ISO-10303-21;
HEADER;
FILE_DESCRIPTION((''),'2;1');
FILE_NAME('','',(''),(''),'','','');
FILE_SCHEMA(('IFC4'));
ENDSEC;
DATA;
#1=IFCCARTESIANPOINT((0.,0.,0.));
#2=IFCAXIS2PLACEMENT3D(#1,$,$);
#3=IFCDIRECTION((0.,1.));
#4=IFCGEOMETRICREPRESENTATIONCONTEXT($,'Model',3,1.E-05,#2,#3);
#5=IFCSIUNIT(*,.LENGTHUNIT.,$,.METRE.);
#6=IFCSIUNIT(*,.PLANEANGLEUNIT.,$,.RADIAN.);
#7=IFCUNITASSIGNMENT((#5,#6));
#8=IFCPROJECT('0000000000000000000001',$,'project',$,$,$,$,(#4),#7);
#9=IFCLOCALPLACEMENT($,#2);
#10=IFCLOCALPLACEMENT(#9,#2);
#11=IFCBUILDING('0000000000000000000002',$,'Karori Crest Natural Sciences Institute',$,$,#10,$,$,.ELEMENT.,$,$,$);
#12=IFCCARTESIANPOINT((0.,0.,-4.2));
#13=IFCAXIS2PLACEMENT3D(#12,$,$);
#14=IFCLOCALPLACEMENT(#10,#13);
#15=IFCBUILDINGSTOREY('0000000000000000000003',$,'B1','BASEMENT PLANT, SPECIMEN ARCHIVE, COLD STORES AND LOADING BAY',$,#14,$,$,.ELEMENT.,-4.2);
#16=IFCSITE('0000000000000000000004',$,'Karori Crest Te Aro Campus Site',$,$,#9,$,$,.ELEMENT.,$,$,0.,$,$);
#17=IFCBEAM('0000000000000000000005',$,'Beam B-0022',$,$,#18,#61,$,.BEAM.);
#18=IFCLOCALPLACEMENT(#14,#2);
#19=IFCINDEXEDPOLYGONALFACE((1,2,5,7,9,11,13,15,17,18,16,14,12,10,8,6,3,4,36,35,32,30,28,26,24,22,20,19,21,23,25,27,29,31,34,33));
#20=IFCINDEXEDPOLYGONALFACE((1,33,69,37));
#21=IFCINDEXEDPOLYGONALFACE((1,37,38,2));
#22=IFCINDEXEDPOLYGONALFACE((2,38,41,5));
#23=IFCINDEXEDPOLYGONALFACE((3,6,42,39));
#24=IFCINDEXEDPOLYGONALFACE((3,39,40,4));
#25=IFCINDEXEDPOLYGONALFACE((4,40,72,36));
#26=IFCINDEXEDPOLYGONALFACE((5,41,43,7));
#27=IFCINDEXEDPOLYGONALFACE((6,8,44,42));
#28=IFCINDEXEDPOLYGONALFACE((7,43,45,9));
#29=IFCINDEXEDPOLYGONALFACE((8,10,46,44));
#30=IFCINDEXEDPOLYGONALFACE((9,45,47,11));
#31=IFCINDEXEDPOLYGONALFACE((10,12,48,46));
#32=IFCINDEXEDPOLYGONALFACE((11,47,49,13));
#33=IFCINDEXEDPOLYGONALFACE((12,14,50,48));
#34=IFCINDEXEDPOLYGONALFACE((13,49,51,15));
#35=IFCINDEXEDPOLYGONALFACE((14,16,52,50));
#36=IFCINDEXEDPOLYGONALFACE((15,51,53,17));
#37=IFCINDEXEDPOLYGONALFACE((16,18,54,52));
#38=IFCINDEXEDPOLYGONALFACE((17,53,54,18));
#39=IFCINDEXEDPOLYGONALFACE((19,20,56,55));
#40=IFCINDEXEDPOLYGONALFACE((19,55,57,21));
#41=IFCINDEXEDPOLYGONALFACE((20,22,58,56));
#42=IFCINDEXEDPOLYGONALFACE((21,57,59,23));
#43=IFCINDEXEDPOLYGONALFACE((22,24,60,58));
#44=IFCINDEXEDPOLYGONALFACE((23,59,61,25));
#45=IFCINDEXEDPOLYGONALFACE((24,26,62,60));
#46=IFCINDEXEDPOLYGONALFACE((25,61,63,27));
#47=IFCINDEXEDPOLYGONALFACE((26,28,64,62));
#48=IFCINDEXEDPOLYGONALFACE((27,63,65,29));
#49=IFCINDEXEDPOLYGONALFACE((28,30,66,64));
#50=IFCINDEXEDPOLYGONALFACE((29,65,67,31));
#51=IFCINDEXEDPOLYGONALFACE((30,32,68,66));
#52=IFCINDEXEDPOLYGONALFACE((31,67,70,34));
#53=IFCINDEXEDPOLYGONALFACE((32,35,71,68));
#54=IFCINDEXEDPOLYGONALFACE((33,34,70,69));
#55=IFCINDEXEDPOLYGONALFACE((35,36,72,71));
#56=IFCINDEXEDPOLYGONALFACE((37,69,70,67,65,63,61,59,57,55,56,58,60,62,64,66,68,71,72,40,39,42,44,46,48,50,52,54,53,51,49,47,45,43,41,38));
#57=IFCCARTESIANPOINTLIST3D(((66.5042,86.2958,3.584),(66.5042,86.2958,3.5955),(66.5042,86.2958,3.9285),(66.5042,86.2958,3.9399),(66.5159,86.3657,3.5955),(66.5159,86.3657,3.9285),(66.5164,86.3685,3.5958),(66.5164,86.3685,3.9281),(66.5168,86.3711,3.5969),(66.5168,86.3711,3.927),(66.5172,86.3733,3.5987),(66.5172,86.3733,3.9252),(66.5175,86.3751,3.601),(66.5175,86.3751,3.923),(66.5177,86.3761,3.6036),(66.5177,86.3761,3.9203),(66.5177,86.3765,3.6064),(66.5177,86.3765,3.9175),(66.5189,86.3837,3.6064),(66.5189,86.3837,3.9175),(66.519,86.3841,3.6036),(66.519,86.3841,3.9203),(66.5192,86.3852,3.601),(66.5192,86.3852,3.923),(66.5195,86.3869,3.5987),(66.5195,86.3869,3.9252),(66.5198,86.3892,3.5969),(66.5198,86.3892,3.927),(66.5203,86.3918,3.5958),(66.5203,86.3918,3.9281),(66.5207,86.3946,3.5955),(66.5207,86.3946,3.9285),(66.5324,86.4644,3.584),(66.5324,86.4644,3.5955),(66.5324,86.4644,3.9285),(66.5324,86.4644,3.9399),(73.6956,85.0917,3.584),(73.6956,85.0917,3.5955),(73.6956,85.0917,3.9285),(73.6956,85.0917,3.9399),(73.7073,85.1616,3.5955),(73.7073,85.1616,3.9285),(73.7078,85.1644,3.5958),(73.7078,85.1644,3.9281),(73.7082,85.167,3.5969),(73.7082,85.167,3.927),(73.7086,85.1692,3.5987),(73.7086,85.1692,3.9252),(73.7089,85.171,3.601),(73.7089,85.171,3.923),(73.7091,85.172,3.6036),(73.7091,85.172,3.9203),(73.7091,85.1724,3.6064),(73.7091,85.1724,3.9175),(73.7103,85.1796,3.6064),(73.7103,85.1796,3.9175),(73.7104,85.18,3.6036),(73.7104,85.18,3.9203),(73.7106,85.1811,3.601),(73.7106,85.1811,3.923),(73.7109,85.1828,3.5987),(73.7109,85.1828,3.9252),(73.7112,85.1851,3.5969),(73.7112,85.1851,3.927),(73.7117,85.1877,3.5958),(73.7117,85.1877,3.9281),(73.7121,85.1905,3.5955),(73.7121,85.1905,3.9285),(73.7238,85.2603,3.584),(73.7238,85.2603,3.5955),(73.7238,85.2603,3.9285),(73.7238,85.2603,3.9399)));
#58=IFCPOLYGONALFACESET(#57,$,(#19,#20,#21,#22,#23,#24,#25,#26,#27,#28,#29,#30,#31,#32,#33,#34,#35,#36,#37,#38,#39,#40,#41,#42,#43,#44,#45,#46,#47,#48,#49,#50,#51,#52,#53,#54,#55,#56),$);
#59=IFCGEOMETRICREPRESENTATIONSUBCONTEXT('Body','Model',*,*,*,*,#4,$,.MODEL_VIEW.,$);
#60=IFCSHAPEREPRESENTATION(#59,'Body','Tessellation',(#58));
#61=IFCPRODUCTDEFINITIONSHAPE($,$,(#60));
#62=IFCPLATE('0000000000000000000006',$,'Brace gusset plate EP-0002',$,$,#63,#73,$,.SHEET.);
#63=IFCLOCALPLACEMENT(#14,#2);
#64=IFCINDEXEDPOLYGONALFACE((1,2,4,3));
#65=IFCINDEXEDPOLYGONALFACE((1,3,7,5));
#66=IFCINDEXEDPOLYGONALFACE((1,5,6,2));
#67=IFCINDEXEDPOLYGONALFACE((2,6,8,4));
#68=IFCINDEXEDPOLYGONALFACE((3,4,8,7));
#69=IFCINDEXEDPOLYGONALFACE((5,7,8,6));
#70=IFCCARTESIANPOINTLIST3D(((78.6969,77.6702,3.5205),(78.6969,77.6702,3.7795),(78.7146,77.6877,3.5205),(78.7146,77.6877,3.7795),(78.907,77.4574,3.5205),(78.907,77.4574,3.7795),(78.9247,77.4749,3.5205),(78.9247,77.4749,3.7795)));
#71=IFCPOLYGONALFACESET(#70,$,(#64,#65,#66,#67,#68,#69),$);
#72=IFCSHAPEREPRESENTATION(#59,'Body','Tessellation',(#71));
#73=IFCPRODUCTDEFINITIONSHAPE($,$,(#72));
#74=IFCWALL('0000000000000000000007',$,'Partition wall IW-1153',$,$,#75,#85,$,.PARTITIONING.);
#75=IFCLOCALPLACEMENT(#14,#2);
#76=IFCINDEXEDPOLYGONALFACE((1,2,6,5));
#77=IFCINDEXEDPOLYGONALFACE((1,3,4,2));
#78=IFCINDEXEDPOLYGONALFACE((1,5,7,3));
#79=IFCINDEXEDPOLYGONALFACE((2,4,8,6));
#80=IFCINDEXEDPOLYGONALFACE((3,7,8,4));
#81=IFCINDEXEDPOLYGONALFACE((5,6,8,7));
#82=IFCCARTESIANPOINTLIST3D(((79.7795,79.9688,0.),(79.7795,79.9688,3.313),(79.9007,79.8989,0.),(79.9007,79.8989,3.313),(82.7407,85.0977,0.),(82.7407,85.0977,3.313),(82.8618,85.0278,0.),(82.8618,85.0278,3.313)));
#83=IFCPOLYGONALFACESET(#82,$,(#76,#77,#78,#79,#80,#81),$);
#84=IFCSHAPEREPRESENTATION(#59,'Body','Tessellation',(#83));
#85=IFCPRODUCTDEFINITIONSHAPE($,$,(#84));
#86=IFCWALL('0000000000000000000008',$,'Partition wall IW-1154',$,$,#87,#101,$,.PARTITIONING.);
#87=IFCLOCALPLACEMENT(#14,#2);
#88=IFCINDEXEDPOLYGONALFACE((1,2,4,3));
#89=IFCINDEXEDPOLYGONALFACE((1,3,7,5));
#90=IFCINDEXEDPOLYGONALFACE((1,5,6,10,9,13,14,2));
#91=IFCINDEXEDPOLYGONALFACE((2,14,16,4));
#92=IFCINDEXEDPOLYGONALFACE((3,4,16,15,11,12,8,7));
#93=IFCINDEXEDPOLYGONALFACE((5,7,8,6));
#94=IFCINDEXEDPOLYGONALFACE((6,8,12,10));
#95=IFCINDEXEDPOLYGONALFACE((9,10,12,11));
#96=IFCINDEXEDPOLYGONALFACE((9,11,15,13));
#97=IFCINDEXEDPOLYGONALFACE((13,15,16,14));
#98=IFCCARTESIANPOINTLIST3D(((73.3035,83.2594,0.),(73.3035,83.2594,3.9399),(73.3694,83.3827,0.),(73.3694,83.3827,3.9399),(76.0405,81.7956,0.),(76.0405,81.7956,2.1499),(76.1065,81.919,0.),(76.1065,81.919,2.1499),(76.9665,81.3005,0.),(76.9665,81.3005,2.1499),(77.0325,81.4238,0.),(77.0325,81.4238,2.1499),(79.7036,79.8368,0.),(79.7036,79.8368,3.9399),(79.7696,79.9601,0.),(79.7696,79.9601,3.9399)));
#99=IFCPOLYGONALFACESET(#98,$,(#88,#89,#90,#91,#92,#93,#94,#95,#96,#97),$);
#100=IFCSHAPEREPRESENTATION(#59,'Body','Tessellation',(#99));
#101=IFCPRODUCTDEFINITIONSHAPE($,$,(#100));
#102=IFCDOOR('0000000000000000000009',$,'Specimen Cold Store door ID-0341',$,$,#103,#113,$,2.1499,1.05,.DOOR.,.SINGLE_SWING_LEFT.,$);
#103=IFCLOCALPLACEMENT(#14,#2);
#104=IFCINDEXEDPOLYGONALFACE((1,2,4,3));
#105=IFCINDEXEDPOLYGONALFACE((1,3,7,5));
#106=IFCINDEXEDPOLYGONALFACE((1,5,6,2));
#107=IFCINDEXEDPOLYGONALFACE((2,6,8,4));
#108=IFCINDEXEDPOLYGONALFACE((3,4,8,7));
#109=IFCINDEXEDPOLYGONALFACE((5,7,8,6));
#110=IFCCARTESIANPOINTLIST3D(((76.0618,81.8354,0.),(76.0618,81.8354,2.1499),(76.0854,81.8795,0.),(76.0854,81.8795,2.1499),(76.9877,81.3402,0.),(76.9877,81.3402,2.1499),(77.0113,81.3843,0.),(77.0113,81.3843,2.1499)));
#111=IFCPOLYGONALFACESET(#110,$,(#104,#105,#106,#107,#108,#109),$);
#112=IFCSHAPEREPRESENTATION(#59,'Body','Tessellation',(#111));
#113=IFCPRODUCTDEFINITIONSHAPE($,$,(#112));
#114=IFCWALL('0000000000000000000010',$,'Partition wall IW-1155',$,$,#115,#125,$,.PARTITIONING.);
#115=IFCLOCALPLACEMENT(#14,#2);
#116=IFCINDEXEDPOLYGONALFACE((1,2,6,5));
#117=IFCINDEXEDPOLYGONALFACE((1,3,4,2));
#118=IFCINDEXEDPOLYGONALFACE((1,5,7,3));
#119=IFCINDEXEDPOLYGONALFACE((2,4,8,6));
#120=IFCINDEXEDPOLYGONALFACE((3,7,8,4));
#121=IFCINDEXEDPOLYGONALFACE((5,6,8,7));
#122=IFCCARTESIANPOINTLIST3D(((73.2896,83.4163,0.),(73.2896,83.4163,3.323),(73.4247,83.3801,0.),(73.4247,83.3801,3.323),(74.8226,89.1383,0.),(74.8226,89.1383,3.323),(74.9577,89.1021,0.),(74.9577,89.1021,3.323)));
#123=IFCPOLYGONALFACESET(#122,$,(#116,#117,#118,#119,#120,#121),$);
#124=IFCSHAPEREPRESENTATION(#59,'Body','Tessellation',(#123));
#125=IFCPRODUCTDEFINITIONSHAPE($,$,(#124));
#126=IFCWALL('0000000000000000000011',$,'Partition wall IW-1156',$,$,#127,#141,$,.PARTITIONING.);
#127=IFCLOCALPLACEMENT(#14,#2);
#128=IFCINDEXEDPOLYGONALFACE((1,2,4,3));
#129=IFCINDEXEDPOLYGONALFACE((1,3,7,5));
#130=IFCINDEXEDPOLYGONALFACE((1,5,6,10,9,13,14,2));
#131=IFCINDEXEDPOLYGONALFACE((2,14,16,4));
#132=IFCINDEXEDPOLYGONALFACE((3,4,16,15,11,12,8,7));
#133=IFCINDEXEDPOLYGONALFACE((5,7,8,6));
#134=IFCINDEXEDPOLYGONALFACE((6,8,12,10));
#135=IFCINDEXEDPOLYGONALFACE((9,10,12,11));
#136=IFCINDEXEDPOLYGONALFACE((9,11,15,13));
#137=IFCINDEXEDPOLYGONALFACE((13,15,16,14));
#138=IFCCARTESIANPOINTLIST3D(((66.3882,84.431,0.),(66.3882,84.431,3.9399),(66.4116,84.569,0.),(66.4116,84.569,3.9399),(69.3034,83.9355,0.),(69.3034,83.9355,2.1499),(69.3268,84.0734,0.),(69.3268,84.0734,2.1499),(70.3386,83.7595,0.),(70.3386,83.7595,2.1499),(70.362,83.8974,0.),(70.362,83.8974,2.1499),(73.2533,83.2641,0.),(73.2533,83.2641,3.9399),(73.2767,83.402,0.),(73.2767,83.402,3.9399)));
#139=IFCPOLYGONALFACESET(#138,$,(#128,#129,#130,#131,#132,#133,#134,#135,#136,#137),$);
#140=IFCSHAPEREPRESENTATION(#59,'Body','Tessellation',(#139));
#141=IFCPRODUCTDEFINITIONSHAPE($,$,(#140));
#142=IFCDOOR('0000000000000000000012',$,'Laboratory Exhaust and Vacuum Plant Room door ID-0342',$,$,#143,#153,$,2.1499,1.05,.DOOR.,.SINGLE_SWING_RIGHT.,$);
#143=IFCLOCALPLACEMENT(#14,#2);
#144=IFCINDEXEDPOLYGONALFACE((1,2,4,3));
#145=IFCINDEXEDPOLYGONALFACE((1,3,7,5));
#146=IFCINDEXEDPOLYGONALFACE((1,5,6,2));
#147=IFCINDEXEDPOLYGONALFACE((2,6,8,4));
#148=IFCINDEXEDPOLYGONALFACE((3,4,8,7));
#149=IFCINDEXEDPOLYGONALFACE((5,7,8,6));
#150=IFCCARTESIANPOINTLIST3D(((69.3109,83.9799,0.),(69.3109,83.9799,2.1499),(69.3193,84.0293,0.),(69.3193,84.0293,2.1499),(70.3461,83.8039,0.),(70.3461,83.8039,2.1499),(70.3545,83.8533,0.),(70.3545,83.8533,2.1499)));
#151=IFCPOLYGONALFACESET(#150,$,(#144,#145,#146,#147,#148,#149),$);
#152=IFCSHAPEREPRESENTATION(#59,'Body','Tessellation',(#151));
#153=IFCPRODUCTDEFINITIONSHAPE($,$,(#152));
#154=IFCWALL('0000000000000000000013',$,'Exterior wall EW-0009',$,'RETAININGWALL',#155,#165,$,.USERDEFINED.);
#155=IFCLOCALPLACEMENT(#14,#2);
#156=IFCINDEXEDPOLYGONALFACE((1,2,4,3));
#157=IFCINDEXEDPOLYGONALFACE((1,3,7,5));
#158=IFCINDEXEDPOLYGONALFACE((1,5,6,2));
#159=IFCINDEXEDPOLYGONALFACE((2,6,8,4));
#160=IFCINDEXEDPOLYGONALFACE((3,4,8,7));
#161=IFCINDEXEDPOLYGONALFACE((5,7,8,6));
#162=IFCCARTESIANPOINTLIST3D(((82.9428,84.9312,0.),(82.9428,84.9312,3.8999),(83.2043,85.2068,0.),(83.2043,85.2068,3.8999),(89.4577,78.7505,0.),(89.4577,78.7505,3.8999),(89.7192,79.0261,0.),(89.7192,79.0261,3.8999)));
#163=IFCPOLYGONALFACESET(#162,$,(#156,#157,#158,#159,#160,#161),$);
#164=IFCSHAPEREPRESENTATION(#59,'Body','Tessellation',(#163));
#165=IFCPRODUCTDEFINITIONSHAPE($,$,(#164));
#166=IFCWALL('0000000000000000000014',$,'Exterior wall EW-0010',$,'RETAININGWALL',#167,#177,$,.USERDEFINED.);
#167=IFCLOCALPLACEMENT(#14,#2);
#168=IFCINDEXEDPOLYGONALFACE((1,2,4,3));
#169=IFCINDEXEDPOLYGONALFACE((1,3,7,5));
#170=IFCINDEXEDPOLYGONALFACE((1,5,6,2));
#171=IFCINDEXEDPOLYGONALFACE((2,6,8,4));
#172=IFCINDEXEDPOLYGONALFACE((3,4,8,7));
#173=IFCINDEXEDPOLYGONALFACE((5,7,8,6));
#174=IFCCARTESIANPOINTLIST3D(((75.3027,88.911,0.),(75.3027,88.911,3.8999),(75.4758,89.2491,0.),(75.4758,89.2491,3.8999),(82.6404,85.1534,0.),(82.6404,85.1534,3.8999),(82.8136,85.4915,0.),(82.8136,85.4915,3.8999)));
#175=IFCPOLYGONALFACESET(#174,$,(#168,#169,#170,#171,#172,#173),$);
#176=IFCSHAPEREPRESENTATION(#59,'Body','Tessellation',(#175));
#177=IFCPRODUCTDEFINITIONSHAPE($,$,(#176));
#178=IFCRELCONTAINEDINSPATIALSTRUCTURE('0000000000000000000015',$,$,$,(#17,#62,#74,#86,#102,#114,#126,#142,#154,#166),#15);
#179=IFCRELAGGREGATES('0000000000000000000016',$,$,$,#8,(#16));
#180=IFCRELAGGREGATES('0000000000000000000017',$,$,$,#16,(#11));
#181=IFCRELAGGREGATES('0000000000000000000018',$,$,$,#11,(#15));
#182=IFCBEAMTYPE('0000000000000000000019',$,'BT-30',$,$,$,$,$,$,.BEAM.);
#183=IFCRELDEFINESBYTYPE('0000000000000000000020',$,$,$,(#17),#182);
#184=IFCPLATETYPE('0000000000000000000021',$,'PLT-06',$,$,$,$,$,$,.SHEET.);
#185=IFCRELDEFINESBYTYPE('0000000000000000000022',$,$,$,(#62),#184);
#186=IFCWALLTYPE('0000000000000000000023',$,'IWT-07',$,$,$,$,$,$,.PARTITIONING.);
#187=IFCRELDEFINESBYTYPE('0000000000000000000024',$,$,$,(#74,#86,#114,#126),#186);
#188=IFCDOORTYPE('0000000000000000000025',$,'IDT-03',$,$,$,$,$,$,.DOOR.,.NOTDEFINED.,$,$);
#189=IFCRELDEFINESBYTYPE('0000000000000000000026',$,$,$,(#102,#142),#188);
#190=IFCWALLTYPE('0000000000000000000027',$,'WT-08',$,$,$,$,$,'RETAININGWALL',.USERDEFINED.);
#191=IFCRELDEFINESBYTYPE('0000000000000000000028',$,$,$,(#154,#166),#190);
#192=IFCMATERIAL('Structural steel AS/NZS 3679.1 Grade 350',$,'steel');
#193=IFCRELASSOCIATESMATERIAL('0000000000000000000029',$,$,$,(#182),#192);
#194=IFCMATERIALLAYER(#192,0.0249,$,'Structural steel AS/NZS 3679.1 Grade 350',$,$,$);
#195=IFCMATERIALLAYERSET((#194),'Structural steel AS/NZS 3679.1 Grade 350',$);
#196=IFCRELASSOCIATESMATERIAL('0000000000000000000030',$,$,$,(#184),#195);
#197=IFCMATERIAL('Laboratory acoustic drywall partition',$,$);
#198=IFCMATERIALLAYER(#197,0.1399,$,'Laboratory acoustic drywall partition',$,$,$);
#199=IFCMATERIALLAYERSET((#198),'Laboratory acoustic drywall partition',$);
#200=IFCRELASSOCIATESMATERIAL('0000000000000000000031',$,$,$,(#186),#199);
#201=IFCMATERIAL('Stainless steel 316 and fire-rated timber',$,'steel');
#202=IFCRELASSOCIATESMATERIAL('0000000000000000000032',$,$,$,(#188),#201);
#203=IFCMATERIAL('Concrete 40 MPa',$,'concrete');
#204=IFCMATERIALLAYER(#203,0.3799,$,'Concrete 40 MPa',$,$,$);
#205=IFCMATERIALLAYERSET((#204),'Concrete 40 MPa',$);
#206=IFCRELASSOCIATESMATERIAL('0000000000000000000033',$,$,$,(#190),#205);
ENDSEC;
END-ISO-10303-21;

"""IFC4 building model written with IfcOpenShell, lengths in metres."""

from ifc_helpers import new_model, si_unit, direction, frame, frame_2d, origin, origin_2d, place, context, subcontext, project, spatial, rectangle, i_section, extrude, material, layer, layer_set, material_profile, profile_set, type_object, element, fill, save


model = new_model("IFC4")

# Units and contexts
model_context = context("Model", 3, precision=1e-05, world=origin(), true_north=direction((0.0, 1.0)))
body_context = subcontext(model_context, "Body", "Model", "MODEL_VIEW")
ifc_project = project(units=[si_unit("LENGTHUNIT", "METRE"), si_unit("PLANEANGLEUNIT", "RADIAN")], contexts=[model_context])

# Site, building, storey
site_placement = place(None, origin())
site = spatial("IfcSite", under=ifc_project, at=site_placement, Name="Karori Crest Te Aro Campus Site", CompositionType="ELEMENT", RefElevation=0.0)
building_placement = place(site_placement, origin())
building = spatial("IfcBuilding", under=site, at=building_placement, Name="Karori Crest Natural Sciences Institute", CompositionType="ELEMENT")
storey_placement = place(building_placement, frame((0.0, 0.0, -4.2)))
storey = spatial("IfcBuildingStorey", under=building, at=storey_placement, Name="B1", Description="BASEMENT PLANT, SPECIMEN ARCHIVE, COLD STORES AND LOADING BAY", CompositionType="ELEMENT", Elevation=-4.2)

# Shared definitions
ifc_material_1 = material(Name="Concrete 40 MPa", Category="concrete")

# Shared definitions
ifc_material_2 = material(Name="Structural steel AS/NZS 3679.1 Grade 350", Category="steel")

# Beam
ifc_material_profile_1 = material_profile(ifc_material_2, i_section(OverallWidth=0.1709, OverallDepth=0.356, WebThickness=0.0073, FlangeThickness=0.0115, FilletRadius=0.011, at=origin_2d()), Name="360UB50.7")
ifc_profile_set_1 = profile_set([ifc_material_profile_1], Name="Structural steel AS/NZS 3679.1 Grade 350")
beam_type_1 = type_object("IfcBeamType", Name="BT-30", PredefinedType="BEAM", material=ifc_profile_set_1)
beam_1_placement = place(storey_placement, frame((73.7097, 85.176, 3.762), z_axis=(-0.986271, 0.165137, 0.0), x_axis=(-0.165137, -0.986271, 0.0)))
element("IfcBeam", 1, at=beam_1_placement, inside=storey, type_object=beam_type_1, Name="Beam B-0022", PredefinedType="BEAM", context=body_context, shape_type="SweptSolid", body=[
    extrude(i_section(OverallWidth=0.1709, OverallDepth=0.356, WebThickness=0.0073, FlangeThickness=0.0115, FilletRadius=0.011, at=origin_2d()), origin(), (0.0, 0.0, 1.0), 7.2915),
])

# Plate
ifc_layer_1 = layer(ifc_material_2, 0.0249, Name="Structural steel AS/NZS 3679.1 Grade 350")
ifc_layer_set_1 = layer_set([ifc_layer_1], Name="Structural steel AS/NZS 3679.1 Grade 350")
plate_type = type_object("IfcPlateType", Name="PLT-06", PredefinedType="SHEET", material=ifc_layer_set_1)
plate_placement = place(storey_placement, frame((78.8108, 77.5725, 3.5205), z_axis=(0.0, 0.0, 1.0), x_axis=(-0.702664, 0.711522, 0.0)))
element("IfcPlate", 2, at=plate_placement, inside=storey, type_object=plate_type, Name="Brace gusset plate EP-0002", PredefinedType="SHEET", context=body_context, shape_type="SweptSolid", body=[
    extrude(rectangle(XDim=0.2991, YDim=0.0249, at=origin_2d()), origin(), (0.0, 0.0, 1.0), 0.259),
])

# Wall
ifc_material_3 = material(Name="Laboratory acoustic drywall partition")
ifc_layer_2 = layer(ifc_material_3, 0.1399, Name="Laboratory acoustic drywall partition")
ifc_layer_set_2 = layer_set([ifc_layer_2], Name="Laboratory acoustic drywall partition")
wall_type_1 = type_object("IfcWallType", Name="IWT-07", PredefinedType="PARTITIONING", material=ifc_layer_set_2)
wall_1_placement = place(storey_placement, frame((79.8401, 79.9338, 0.0), z_axis=(0.0, 0.0, 1.0), x_axis=(0.500001, 0.866025, 0.0)))
element("IfcWall", 3, at=wall_1_placement, inside=storey, type_object=wall_type_1, Name="Partition wall IW-1153", PredefinedType="PARTITIONING", context=body_context, shape_type="SweptSolid", body=[
    extrude(rectangle(XDim=5.9224, YDim=0.1399, at=frame_2d((2.9612, 0.0))), origin(), (0.0, 0.0, 1.0), 3.313),
])

# Wall, opening, door
wall_2_placement = place(storey_placement, frame((79.7366, 79.8984, 0.0), z_axis=(0.0, 0.0, 1.0), x_axis=(-0.881826, 0.471574, 0.0)))
wall_2 = element("IfcWall", 4, at=wall_2_placement, inside=storey, type_object=wall_type_1, Name="Partition wall IW-1154", PredefinedType="PARTITIONING", context=body_context, shape_type="SweptSolid", body=[
    extrude(rectangle(XDim=7.2578, YDim=0.1399, at=frame_2d((3.6289, 0.0))), origin(), (0.0, 0.0, 1.0), 3.9399),
])
opening_1_placement = place(wall_2_placement, frame((3.104, 0.0, 0.0)))
opening_1 = element("IfcOpeningElement", 5, at=opening_1_placement, cuts=wall_2, PredefinedType="OPENING", context=body_context, shape_type="SweptSolid", body=[
    extrude(rectangle(XDim=1.05, YDim=2.1499, at=frame_2d((0.5249, 1.075))), frame((0.0, 0.0801, 0.0), z_axis=(0.0, -1.0, 0.0), x_axis=(1.0, 0.0, 0.0)), (0.0, 0.0, 1.0), 0.1599),
])
ifc_material_4 = material(Name="Stainless steel 316 and fire-rated timber", Category="steel")
door_type = type_object("IfcDoorType", Name="IDT-03", OperationType="NOTDEFINED", PredefinedType="DOOR", material=ifc_material_4)
door_1_placement = place(opening_1_placement, origin())
door_1 = element("IfcDoor", 6, at=door_1_placement, inside=storey, type_object=door_type, Name="Specimen Cold Store door ID-0341", OperationType="SINGLE_SWING_LEFT", OverallHeight=2.1499, OverallWidth=1.05, PredefinedType="DOOR", context=body_context, shape_type="SweptSolid", body=[
    extrude(rectangle(XDim=1.05, YDim=2.1499, at=frame_2d((0.5249, 1.075))), frame((0.0, 0.0249, 0.0), z_axis=(0.0, -1.0, 0.0), x_axis=(1.0, 0.0, 0.0)), (0.0, 0.0, 1.0), 0.05),
])
fill(opening_1, door_1)

# Wall
wall_3_placement = place(storey_placement, frame((73.3572, 83.3982, 0.0), z_axis=(0.0, 0.0, 1.0), x_axis=(0.258783, 0.965935, 0.0)))
element("IfcWall", 7, at=wall_3_placement, inside=storey, type_object=wall_type_1, Name="Partition wall IW-1155", PredefinedType="PARTITIONING", context=body_context, shape_type="SweptSolid", body=[
    extrude(rectangle(XDim=5.9238, YDim=0.1399, at=frame_2d((2.9619, 0.0))), origin(), (0.0, 0.0, 1.0), 3.323),
])

# Wall, opening, door
wall_4_placement = place(storey_placement, frame((73.2651, 83.333, 0.0), z_axis=(0.0, 0.0, 1.0), x_axis=(-0.985858, 0.167582, 0.0)))
wall_4 = element("IfcWall", 8, at=wall_4_placement, inside=storey, type_object=wall_type_1, Name="Partition wall IW-1156", PredefinedType="PARTITIONING", context=body_context, shape_type="SweptSolid", body=[
    extrude(rectangle(XDim=6.9636, YDim=0.1399, at=frame_2d((3.4819, 0.0))), origin(), (0.0, 0.0, 1.0), 3.9399),
])
opening_2_placement = place(wall_4_placement, frame((2.9568, 0.0, 0.0)))
opening_2 = element("IfcOpeningElement", 9, at=opening_2_placement, cuts=wall_4, PredefinedType="OPENING", context=body_context, shape_type="SweptSolid", body=[
    extrude(rectangle(XDim=1.05, YDim=2.1499, at=frame_2d((0.5249, 1.075))), frame((0.0, 0.0801, 0.0), z_axis=(0.0, -1.0, 0.0), x_axis=(1.0, 0.0, 0.0)), (0.0, 0.0, 1.0), 0.1599),
])
door_2_placement = place(opening_2_placement, origin())
door_2 = element("IfcDoor", 10, at=door_2_placement, inside=storey, type_object=door_type, Name="Laboratory Exhaust and Vacuum Plant Room door ID-0342", OperationType="SINGLE_SWING_RIGHT", OverallHeight=2.1499, OverallWidth=1.05, PredefinedType="DOOR", context=body_context, shape_type="SweptSolid", body=[
    extrude(rectangle(XDim=1.05, YDim=2.1499, at=frame_2d((0.5249, 1.075))), frame((0.0, 0.0249, 0.0), z_axis=(0.0, -1.0, 0.0), x_axis=(1.0, 0.0, 0.0)), (0.0, 0.0, 1.0), 0.05),
])
fill(opening_2, door_2)

# Walls
ifc_layer_3 = layer(ifc_material_1, 0.3799, Name="Concrete 40 MPa")
ifc_layer_set_3 = layer_set([ifc_layer_3], Name="Concrete 40 MPa")
wall_type_2 = type_object("IfcWallType", Name="WT-08", ElementType="RETAININGWALL", PredefinedType="USERDEFINED", material=ifc_layer_set_3)
wall_5_placement = place(storey_placement, frame((83.0735, 85.0691, 0.0), z_axis=(0.0, 0.0, 1.0), x_axis=(0.725471, -0.688253, 0.0)))
element("IfcWall", 11, at=wall_5_placement, inside=storey, type_object=wall_type_2, Name="Exterior wall EW-0009", ObjectType="RETAININGWALL", PredefinedType="USERDEFINED", context=body_context, shape_type="SweptSolid", body=[
    extrude(rectangle(XDim=8.9802, YDim=0.3799, at=frame_2d((4.4902, 0.0))), origin(), (0.0, 0.0, 1.0), 3.8999),
])
wall_6_placement = place(storey_placement, frame((75.3892, 89.0801, 0.0), z_axis=(0.0, 0.0, 1.0), x_axis=(0.89008, -0.455805, 0.0)))
element("IfcWall", 12, at=wall_6_placement, inside=storey, type_object=wall_type_2, Name="Exterior wall EW-0010", ObjectType="RETAININGWALL", PredefinedType="USERDEFINED", context=body_context, shape_type="SweptSolid", body=[
    extrude(rectangle(XDim=8.2439, YDim=0.3799, at=frame_2d((4.1221, 0.0))), origin(), (0.0, 0.0, 1.0), 3.8999),
])

save(model, "model.ifc")
